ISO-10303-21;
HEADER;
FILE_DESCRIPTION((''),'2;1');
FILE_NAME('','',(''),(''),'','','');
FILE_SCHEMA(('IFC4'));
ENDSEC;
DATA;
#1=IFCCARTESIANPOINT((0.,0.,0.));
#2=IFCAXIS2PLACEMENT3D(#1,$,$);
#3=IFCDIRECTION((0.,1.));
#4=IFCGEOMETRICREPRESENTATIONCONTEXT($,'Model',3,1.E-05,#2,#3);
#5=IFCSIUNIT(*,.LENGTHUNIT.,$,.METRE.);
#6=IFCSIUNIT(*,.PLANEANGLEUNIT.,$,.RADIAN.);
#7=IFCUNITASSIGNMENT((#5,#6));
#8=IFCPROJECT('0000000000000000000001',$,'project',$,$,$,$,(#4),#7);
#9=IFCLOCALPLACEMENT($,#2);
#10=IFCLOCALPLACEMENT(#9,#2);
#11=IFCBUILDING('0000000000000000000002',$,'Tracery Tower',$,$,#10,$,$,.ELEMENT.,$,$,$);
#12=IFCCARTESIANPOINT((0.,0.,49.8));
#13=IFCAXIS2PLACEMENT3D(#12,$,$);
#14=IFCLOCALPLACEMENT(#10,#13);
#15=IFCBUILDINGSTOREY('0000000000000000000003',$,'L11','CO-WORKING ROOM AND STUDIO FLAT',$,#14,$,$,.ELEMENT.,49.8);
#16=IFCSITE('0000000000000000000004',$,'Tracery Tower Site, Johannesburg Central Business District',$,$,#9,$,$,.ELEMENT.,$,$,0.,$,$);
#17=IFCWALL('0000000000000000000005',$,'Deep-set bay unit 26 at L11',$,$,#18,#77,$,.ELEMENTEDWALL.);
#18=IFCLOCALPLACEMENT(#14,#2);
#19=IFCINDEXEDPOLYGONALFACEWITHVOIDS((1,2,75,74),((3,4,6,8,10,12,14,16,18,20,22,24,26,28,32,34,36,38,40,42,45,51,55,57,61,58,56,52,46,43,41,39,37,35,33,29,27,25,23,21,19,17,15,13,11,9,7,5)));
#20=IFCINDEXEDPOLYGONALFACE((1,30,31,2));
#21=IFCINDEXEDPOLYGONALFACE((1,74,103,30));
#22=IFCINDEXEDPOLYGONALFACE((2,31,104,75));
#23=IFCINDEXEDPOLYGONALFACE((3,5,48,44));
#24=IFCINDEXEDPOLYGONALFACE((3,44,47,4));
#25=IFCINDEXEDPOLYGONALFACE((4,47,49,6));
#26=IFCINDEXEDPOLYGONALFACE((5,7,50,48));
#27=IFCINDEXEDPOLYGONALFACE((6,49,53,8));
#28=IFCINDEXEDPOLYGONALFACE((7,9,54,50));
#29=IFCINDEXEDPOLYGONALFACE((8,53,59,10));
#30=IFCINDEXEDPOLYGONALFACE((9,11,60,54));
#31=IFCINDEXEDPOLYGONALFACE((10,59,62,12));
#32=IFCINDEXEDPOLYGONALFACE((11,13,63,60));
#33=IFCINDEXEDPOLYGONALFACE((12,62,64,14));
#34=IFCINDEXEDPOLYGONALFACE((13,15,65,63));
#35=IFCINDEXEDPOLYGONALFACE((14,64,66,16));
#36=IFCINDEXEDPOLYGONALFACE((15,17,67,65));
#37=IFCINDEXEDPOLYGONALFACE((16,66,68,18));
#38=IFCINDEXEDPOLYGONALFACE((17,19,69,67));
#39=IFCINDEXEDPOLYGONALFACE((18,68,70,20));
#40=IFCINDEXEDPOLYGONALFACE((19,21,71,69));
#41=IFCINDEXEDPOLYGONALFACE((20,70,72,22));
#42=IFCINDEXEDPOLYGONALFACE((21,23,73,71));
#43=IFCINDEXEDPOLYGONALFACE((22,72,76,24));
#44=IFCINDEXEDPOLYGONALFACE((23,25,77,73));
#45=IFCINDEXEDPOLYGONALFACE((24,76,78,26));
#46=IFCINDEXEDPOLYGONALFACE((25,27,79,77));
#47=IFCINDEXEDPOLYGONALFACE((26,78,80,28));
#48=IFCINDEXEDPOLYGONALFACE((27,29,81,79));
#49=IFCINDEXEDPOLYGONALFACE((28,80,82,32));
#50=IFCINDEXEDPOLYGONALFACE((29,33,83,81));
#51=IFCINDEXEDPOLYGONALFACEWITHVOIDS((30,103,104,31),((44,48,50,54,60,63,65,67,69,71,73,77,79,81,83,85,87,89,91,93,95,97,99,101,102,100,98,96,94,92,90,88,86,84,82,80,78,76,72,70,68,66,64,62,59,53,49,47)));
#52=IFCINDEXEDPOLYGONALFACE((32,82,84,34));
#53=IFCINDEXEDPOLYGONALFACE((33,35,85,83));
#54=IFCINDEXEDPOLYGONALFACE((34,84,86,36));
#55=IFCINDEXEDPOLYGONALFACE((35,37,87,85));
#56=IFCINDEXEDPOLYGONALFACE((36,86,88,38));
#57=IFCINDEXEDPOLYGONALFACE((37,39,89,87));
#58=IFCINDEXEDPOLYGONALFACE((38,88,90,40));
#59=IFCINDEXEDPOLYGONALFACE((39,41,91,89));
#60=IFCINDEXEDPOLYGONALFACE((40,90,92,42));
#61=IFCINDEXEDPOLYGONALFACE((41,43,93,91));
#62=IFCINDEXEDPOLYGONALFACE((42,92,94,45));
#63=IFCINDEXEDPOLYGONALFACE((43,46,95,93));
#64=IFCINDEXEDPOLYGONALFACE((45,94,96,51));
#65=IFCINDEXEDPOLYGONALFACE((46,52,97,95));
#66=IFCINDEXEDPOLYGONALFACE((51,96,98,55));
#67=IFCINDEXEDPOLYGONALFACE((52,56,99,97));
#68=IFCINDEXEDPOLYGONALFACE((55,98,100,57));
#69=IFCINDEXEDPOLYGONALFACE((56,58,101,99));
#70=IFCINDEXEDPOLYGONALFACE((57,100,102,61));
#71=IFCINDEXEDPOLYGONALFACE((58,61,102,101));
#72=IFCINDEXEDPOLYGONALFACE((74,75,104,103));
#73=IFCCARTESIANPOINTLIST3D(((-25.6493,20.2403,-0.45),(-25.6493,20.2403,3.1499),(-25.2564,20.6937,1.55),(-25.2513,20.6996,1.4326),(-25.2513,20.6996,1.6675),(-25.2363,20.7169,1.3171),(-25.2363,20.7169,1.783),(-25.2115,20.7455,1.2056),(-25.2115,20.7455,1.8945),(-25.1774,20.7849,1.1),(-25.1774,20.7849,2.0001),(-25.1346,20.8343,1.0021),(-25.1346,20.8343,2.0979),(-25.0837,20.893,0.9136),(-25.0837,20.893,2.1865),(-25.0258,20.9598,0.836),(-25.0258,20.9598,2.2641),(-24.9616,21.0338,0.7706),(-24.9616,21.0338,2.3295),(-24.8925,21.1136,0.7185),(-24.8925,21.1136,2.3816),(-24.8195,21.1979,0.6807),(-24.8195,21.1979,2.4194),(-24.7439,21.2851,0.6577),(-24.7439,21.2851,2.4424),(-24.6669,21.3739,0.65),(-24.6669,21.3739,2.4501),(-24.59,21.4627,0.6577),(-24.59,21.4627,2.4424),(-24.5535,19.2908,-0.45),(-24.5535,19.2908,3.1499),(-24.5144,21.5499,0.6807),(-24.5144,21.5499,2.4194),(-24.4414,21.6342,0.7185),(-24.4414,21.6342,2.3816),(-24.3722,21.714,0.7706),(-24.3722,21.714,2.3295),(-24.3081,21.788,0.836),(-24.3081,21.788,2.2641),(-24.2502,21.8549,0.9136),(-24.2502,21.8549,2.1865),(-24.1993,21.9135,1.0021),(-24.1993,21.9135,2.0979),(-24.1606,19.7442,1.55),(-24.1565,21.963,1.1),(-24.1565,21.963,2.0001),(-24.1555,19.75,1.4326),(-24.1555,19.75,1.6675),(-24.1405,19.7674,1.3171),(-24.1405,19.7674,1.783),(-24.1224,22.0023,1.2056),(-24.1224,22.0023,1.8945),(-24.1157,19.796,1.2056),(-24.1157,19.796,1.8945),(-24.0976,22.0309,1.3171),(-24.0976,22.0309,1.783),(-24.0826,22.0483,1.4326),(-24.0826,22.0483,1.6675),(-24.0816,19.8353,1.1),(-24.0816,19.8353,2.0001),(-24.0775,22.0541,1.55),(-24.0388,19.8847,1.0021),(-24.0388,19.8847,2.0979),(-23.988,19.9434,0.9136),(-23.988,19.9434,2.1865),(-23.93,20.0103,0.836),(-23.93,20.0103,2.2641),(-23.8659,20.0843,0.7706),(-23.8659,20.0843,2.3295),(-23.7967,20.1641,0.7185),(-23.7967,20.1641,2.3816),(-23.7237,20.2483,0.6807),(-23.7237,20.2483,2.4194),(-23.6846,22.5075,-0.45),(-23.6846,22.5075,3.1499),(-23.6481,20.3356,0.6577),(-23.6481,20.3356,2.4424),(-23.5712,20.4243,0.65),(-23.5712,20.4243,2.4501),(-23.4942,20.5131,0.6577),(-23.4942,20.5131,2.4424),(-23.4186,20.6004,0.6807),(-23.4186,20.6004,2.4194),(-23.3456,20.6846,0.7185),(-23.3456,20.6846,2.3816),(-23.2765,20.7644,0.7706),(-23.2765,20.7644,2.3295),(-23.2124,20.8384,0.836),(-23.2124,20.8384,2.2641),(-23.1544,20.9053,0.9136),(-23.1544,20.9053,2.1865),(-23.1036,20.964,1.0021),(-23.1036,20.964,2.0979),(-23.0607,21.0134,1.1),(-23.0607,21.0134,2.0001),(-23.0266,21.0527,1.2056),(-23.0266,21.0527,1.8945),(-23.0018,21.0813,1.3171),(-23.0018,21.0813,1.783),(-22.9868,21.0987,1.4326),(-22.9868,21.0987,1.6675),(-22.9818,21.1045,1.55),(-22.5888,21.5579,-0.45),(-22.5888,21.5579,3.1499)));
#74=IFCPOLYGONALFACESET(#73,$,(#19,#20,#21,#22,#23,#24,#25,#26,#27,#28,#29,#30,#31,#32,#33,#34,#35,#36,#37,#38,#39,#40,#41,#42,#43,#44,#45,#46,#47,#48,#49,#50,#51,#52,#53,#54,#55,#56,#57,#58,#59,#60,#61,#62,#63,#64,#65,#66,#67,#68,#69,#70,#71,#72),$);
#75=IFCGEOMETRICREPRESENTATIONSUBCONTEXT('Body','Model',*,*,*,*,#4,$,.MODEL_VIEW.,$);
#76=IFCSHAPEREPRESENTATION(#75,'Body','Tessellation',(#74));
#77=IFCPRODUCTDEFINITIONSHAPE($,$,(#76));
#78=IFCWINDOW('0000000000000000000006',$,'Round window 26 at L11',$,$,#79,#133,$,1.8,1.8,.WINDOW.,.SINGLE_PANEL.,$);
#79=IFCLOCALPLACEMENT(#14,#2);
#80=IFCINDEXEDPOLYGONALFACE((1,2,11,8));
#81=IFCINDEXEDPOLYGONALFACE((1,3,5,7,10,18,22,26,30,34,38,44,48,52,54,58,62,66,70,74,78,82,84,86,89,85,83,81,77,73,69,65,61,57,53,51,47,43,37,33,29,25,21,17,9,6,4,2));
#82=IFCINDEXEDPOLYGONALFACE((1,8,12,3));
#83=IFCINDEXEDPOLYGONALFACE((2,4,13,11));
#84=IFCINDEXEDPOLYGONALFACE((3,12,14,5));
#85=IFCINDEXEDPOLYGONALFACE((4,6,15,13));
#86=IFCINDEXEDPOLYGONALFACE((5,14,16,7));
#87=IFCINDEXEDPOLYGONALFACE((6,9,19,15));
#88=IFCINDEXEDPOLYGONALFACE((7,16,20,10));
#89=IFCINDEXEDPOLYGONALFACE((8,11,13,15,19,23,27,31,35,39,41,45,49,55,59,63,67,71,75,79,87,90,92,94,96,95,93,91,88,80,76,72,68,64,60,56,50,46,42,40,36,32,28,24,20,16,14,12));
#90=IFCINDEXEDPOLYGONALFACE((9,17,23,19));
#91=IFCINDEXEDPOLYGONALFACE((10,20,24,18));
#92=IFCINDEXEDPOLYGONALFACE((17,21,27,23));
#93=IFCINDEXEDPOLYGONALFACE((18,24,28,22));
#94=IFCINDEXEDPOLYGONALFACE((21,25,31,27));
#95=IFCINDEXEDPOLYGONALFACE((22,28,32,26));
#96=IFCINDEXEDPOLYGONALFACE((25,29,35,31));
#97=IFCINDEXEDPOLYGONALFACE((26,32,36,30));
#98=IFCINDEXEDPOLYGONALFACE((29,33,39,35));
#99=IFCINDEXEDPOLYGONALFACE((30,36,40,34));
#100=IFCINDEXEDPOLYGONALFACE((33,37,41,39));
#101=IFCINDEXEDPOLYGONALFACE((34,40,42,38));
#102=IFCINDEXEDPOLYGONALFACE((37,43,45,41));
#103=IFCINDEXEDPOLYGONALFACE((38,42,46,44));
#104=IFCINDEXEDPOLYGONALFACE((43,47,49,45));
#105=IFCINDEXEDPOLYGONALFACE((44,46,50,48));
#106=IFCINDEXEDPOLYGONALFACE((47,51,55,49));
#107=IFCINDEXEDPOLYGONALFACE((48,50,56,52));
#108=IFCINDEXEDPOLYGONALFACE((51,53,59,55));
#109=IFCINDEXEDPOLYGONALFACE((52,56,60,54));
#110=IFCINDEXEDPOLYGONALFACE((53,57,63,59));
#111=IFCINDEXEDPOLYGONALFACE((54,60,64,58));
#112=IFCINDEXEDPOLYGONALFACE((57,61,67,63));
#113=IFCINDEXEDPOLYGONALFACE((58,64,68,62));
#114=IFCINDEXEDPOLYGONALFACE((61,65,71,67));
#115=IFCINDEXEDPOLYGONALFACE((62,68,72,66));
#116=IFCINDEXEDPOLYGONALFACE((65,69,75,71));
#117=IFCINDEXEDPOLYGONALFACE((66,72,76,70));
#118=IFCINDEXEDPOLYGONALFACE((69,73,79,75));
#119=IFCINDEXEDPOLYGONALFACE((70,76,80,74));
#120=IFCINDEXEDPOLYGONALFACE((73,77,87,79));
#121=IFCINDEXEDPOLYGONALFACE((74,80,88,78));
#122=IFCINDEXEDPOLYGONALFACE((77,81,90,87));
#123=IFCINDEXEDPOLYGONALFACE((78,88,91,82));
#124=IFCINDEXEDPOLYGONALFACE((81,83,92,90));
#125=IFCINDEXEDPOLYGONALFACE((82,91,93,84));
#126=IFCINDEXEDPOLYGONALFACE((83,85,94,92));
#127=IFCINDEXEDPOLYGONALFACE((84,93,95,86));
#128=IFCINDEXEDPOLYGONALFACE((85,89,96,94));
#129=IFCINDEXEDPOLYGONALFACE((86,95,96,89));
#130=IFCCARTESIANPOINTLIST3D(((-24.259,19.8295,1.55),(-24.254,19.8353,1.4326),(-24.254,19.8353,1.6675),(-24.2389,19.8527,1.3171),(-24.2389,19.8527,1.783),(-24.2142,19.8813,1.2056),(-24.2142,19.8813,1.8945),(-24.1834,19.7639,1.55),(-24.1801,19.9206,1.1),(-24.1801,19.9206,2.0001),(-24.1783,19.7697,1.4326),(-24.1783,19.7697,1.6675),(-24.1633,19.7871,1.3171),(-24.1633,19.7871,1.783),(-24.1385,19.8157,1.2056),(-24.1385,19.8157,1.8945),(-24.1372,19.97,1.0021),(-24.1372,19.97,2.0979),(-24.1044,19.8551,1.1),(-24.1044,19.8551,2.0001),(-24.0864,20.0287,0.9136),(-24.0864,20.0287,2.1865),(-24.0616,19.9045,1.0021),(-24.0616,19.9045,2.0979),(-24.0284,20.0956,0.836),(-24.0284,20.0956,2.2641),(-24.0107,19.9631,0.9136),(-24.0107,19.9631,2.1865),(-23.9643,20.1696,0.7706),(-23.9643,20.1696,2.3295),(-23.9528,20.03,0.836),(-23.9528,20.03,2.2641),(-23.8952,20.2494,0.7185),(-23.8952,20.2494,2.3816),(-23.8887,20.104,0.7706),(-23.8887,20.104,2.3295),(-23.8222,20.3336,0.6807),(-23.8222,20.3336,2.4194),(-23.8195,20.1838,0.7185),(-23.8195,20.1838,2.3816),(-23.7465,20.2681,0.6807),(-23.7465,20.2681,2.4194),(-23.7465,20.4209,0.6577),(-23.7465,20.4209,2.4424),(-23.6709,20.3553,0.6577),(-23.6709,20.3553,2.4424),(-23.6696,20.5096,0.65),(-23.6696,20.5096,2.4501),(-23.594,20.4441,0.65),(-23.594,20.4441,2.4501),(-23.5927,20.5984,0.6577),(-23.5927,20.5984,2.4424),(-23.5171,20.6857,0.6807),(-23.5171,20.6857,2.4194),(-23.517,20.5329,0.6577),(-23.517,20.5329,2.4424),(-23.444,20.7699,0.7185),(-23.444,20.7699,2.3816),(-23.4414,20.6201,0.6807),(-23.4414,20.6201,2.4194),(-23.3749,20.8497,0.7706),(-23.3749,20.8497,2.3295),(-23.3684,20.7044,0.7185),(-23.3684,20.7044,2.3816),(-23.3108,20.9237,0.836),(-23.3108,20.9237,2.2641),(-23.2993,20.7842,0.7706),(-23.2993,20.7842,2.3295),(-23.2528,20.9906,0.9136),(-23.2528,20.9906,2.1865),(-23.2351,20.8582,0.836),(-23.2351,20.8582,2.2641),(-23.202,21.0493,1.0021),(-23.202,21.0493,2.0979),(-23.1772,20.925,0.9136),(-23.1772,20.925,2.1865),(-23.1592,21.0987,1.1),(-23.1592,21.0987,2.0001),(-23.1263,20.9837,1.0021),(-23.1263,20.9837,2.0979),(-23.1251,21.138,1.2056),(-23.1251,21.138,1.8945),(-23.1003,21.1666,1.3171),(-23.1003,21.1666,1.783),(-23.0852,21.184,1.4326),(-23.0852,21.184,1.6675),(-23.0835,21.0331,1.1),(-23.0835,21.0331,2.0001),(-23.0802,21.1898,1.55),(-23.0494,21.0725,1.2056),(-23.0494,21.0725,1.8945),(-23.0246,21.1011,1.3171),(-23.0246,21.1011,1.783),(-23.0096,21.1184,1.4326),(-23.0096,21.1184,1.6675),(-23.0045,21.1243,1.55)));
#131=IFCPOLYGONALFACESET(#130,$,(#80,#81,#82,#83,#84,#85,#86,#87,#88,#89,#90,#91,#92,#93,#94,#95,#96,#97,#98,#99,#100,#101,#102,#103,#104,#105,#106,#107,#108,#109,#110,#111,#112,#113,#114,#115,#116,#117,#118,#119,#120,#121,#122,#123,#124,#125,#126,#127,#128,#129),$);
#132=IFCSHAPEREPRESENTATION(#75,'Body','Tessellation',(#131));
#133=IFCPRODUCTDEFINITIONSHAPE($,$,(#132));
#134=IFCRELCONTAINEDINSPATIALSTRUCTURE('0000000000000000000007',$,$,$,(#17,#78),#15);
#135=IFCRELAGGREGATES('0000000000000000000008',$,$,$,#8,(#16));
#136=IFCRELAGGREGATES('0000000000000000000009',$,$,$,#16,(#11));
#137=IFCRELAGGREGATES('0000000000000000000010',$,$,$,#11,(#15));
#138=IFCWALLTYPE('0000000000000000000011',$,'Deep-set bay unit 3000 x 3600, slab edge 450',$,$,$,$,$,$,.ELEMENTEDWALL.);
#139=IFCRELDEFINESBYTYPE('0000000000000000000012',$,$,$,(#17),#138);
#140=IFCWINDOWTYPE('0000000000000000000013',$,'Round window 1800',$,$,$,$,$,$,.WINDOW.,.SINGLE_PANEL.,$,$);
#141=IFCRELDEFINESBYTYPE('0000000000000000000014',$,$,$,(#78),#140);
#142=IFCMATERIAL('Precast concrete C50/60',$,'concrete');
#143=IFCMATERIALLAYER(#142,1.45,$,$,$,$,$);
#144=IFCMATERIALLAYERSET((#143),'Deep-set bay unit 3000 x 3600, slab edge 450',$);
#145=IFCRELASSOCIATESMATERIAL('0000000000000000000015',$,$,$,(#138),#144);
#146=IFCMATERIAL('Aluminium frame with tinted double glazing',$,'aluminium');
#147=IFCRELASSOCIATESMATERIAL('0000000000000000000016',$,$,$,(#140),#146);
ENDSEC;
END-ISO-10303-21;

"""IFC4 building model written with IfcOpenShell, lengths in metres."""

from ifc_helpers import new_model, si_unit, direction, frame, frame_2d, origin, origin_2d, place, context, subcontext, project, spatial, rectangle, circle, extrude, material, layer, layer_set, type_object, element, fill, save


model = new_model("IFC4")

# Units and contexts
model_context = context("Model", 3, precision=1e-05, world=origin(), true_north=direction((0.0, 1.0)))
body_context = subcontext(model_context, "Body", "Model", "MODEL_VIEW")
ifc_project = project(units=[si_unit("LENGTHUNIT", "METRE"), si_unit("PLANEANGLEUNIT", "RADIAN")], contexts=[model_context])

# Site, building, storey
site_placement = place(None, origin())
site = spatial("IfcSite", under=ifc_project, at=site_placement, Name="Tracery Tower Site, Johannesburg Central Business District", CompositionType="ELEMENT", RefElevation=0.0)
building_placement = place(site_placement, origin())
building = spatial("IfcBuilding", under=site, at=building_placement, Name="Tracery Tower", CompositionType="ELEMENT")
storey_placement = place(building_placement, frame((0.0, 0.0, 49.8)))
storey = spatial("IfcBuildingStorey", under=building, at=storey_placement, Name="L11", Description="CO-WORKING ROOM AND STUDIO FLAT", CompositionType="ELEMENT", Elevation=49.8)

# Wall, opening, window
ifc_material_1 = material(Name="Precast concrete C50/60", Category="concrete")
ifc_layer_1 = layer(ifc_material_1, 1.45)
ifc_layer_set_1 = layer_set([ifc_layer_1], Name="Deep-set bay unit 3000 x 3600, slab edge 450")
wall_type_1 = type_object("IfcWallType", Name="Deep-set bay unit 3000 x 3600, slab edge 450", PredefinedType="ELEMENTEDWALL", material=ifc_layer_set_1)
wall_1_placement = place(storey_placement, frame((-23.1367, 22.0327, -0.45), z_axis=(0.0, 0.0, 1.0), x_axis=(-0.65489, -0.755724, 0.0)))
wall_1 = element("IfcWall", 1, at=wall_1_placement, inside=storey, type_object=wall_type_1, Name="Deep-set bay unit 26 at L11", PredefinedType="ELEMENTEDWALL", context=body_context, shape_type="SweptSolid", body=[
    extrude(rectangle(XDim=3.0, YDim=1.45, at=frame_2d((1.5, 0.0))), origin(), (0.0, 0.0, 1.0), 3.5999),
])
opening_1_placement = place(wall_1_placement, frame((1.5, 0.0, 2.0)))
opening_1 = element("IfcOpeningElement", 2, at=opening_1_placement, cuts=wall_1, PredefinedType="OPENING", context=body_context, shape_type="SweptSolid", body=[
    extrude(circle(Radius=0.9, at=origin_2d()), frame((0.0, 0.7349, 0.0), z_axis=(0.0, -1.0, 0.0), x_axis=(1.0, 0.0, 0.0)), (0.0, 0.0, 1.0), 1.47),
])
ifc_material_2 = material(Name="Aluminium frame with tinted double glazing", Category="aluminium")
window_type = type_object("IfcWindowType", Name="Round window 1800", PartitioningType="SINGLE_PANEL", PredefinedType="WINDOW", material=ifc_material_2)
window_1_placement = place(opening_1_placement, origin())
window_1 = element("IfcWindow", 3, at=window_1_placement, inside=storey, type_object=window_type, Name="Round window 26 at L11", OverallHeight=1.8, OverallWidth=1.8, PartitioningType="SINGLE_PANEL", PredefinedType="WINDOW", context=body_context, shape_type="SweptSolid", body=[
    extrude(circle(Radius=0.9, at=origin_2d()), frame((0.0, 0.6948, 0.0), z_axis=(0.0, -1.0, 0.0), x_axis=(1.0, 0.0, 0.0)), (0.0, 0.0, 1.0), 0.1001),
])
fill(opening_1, window_1)

save(model, "model.ifc")
